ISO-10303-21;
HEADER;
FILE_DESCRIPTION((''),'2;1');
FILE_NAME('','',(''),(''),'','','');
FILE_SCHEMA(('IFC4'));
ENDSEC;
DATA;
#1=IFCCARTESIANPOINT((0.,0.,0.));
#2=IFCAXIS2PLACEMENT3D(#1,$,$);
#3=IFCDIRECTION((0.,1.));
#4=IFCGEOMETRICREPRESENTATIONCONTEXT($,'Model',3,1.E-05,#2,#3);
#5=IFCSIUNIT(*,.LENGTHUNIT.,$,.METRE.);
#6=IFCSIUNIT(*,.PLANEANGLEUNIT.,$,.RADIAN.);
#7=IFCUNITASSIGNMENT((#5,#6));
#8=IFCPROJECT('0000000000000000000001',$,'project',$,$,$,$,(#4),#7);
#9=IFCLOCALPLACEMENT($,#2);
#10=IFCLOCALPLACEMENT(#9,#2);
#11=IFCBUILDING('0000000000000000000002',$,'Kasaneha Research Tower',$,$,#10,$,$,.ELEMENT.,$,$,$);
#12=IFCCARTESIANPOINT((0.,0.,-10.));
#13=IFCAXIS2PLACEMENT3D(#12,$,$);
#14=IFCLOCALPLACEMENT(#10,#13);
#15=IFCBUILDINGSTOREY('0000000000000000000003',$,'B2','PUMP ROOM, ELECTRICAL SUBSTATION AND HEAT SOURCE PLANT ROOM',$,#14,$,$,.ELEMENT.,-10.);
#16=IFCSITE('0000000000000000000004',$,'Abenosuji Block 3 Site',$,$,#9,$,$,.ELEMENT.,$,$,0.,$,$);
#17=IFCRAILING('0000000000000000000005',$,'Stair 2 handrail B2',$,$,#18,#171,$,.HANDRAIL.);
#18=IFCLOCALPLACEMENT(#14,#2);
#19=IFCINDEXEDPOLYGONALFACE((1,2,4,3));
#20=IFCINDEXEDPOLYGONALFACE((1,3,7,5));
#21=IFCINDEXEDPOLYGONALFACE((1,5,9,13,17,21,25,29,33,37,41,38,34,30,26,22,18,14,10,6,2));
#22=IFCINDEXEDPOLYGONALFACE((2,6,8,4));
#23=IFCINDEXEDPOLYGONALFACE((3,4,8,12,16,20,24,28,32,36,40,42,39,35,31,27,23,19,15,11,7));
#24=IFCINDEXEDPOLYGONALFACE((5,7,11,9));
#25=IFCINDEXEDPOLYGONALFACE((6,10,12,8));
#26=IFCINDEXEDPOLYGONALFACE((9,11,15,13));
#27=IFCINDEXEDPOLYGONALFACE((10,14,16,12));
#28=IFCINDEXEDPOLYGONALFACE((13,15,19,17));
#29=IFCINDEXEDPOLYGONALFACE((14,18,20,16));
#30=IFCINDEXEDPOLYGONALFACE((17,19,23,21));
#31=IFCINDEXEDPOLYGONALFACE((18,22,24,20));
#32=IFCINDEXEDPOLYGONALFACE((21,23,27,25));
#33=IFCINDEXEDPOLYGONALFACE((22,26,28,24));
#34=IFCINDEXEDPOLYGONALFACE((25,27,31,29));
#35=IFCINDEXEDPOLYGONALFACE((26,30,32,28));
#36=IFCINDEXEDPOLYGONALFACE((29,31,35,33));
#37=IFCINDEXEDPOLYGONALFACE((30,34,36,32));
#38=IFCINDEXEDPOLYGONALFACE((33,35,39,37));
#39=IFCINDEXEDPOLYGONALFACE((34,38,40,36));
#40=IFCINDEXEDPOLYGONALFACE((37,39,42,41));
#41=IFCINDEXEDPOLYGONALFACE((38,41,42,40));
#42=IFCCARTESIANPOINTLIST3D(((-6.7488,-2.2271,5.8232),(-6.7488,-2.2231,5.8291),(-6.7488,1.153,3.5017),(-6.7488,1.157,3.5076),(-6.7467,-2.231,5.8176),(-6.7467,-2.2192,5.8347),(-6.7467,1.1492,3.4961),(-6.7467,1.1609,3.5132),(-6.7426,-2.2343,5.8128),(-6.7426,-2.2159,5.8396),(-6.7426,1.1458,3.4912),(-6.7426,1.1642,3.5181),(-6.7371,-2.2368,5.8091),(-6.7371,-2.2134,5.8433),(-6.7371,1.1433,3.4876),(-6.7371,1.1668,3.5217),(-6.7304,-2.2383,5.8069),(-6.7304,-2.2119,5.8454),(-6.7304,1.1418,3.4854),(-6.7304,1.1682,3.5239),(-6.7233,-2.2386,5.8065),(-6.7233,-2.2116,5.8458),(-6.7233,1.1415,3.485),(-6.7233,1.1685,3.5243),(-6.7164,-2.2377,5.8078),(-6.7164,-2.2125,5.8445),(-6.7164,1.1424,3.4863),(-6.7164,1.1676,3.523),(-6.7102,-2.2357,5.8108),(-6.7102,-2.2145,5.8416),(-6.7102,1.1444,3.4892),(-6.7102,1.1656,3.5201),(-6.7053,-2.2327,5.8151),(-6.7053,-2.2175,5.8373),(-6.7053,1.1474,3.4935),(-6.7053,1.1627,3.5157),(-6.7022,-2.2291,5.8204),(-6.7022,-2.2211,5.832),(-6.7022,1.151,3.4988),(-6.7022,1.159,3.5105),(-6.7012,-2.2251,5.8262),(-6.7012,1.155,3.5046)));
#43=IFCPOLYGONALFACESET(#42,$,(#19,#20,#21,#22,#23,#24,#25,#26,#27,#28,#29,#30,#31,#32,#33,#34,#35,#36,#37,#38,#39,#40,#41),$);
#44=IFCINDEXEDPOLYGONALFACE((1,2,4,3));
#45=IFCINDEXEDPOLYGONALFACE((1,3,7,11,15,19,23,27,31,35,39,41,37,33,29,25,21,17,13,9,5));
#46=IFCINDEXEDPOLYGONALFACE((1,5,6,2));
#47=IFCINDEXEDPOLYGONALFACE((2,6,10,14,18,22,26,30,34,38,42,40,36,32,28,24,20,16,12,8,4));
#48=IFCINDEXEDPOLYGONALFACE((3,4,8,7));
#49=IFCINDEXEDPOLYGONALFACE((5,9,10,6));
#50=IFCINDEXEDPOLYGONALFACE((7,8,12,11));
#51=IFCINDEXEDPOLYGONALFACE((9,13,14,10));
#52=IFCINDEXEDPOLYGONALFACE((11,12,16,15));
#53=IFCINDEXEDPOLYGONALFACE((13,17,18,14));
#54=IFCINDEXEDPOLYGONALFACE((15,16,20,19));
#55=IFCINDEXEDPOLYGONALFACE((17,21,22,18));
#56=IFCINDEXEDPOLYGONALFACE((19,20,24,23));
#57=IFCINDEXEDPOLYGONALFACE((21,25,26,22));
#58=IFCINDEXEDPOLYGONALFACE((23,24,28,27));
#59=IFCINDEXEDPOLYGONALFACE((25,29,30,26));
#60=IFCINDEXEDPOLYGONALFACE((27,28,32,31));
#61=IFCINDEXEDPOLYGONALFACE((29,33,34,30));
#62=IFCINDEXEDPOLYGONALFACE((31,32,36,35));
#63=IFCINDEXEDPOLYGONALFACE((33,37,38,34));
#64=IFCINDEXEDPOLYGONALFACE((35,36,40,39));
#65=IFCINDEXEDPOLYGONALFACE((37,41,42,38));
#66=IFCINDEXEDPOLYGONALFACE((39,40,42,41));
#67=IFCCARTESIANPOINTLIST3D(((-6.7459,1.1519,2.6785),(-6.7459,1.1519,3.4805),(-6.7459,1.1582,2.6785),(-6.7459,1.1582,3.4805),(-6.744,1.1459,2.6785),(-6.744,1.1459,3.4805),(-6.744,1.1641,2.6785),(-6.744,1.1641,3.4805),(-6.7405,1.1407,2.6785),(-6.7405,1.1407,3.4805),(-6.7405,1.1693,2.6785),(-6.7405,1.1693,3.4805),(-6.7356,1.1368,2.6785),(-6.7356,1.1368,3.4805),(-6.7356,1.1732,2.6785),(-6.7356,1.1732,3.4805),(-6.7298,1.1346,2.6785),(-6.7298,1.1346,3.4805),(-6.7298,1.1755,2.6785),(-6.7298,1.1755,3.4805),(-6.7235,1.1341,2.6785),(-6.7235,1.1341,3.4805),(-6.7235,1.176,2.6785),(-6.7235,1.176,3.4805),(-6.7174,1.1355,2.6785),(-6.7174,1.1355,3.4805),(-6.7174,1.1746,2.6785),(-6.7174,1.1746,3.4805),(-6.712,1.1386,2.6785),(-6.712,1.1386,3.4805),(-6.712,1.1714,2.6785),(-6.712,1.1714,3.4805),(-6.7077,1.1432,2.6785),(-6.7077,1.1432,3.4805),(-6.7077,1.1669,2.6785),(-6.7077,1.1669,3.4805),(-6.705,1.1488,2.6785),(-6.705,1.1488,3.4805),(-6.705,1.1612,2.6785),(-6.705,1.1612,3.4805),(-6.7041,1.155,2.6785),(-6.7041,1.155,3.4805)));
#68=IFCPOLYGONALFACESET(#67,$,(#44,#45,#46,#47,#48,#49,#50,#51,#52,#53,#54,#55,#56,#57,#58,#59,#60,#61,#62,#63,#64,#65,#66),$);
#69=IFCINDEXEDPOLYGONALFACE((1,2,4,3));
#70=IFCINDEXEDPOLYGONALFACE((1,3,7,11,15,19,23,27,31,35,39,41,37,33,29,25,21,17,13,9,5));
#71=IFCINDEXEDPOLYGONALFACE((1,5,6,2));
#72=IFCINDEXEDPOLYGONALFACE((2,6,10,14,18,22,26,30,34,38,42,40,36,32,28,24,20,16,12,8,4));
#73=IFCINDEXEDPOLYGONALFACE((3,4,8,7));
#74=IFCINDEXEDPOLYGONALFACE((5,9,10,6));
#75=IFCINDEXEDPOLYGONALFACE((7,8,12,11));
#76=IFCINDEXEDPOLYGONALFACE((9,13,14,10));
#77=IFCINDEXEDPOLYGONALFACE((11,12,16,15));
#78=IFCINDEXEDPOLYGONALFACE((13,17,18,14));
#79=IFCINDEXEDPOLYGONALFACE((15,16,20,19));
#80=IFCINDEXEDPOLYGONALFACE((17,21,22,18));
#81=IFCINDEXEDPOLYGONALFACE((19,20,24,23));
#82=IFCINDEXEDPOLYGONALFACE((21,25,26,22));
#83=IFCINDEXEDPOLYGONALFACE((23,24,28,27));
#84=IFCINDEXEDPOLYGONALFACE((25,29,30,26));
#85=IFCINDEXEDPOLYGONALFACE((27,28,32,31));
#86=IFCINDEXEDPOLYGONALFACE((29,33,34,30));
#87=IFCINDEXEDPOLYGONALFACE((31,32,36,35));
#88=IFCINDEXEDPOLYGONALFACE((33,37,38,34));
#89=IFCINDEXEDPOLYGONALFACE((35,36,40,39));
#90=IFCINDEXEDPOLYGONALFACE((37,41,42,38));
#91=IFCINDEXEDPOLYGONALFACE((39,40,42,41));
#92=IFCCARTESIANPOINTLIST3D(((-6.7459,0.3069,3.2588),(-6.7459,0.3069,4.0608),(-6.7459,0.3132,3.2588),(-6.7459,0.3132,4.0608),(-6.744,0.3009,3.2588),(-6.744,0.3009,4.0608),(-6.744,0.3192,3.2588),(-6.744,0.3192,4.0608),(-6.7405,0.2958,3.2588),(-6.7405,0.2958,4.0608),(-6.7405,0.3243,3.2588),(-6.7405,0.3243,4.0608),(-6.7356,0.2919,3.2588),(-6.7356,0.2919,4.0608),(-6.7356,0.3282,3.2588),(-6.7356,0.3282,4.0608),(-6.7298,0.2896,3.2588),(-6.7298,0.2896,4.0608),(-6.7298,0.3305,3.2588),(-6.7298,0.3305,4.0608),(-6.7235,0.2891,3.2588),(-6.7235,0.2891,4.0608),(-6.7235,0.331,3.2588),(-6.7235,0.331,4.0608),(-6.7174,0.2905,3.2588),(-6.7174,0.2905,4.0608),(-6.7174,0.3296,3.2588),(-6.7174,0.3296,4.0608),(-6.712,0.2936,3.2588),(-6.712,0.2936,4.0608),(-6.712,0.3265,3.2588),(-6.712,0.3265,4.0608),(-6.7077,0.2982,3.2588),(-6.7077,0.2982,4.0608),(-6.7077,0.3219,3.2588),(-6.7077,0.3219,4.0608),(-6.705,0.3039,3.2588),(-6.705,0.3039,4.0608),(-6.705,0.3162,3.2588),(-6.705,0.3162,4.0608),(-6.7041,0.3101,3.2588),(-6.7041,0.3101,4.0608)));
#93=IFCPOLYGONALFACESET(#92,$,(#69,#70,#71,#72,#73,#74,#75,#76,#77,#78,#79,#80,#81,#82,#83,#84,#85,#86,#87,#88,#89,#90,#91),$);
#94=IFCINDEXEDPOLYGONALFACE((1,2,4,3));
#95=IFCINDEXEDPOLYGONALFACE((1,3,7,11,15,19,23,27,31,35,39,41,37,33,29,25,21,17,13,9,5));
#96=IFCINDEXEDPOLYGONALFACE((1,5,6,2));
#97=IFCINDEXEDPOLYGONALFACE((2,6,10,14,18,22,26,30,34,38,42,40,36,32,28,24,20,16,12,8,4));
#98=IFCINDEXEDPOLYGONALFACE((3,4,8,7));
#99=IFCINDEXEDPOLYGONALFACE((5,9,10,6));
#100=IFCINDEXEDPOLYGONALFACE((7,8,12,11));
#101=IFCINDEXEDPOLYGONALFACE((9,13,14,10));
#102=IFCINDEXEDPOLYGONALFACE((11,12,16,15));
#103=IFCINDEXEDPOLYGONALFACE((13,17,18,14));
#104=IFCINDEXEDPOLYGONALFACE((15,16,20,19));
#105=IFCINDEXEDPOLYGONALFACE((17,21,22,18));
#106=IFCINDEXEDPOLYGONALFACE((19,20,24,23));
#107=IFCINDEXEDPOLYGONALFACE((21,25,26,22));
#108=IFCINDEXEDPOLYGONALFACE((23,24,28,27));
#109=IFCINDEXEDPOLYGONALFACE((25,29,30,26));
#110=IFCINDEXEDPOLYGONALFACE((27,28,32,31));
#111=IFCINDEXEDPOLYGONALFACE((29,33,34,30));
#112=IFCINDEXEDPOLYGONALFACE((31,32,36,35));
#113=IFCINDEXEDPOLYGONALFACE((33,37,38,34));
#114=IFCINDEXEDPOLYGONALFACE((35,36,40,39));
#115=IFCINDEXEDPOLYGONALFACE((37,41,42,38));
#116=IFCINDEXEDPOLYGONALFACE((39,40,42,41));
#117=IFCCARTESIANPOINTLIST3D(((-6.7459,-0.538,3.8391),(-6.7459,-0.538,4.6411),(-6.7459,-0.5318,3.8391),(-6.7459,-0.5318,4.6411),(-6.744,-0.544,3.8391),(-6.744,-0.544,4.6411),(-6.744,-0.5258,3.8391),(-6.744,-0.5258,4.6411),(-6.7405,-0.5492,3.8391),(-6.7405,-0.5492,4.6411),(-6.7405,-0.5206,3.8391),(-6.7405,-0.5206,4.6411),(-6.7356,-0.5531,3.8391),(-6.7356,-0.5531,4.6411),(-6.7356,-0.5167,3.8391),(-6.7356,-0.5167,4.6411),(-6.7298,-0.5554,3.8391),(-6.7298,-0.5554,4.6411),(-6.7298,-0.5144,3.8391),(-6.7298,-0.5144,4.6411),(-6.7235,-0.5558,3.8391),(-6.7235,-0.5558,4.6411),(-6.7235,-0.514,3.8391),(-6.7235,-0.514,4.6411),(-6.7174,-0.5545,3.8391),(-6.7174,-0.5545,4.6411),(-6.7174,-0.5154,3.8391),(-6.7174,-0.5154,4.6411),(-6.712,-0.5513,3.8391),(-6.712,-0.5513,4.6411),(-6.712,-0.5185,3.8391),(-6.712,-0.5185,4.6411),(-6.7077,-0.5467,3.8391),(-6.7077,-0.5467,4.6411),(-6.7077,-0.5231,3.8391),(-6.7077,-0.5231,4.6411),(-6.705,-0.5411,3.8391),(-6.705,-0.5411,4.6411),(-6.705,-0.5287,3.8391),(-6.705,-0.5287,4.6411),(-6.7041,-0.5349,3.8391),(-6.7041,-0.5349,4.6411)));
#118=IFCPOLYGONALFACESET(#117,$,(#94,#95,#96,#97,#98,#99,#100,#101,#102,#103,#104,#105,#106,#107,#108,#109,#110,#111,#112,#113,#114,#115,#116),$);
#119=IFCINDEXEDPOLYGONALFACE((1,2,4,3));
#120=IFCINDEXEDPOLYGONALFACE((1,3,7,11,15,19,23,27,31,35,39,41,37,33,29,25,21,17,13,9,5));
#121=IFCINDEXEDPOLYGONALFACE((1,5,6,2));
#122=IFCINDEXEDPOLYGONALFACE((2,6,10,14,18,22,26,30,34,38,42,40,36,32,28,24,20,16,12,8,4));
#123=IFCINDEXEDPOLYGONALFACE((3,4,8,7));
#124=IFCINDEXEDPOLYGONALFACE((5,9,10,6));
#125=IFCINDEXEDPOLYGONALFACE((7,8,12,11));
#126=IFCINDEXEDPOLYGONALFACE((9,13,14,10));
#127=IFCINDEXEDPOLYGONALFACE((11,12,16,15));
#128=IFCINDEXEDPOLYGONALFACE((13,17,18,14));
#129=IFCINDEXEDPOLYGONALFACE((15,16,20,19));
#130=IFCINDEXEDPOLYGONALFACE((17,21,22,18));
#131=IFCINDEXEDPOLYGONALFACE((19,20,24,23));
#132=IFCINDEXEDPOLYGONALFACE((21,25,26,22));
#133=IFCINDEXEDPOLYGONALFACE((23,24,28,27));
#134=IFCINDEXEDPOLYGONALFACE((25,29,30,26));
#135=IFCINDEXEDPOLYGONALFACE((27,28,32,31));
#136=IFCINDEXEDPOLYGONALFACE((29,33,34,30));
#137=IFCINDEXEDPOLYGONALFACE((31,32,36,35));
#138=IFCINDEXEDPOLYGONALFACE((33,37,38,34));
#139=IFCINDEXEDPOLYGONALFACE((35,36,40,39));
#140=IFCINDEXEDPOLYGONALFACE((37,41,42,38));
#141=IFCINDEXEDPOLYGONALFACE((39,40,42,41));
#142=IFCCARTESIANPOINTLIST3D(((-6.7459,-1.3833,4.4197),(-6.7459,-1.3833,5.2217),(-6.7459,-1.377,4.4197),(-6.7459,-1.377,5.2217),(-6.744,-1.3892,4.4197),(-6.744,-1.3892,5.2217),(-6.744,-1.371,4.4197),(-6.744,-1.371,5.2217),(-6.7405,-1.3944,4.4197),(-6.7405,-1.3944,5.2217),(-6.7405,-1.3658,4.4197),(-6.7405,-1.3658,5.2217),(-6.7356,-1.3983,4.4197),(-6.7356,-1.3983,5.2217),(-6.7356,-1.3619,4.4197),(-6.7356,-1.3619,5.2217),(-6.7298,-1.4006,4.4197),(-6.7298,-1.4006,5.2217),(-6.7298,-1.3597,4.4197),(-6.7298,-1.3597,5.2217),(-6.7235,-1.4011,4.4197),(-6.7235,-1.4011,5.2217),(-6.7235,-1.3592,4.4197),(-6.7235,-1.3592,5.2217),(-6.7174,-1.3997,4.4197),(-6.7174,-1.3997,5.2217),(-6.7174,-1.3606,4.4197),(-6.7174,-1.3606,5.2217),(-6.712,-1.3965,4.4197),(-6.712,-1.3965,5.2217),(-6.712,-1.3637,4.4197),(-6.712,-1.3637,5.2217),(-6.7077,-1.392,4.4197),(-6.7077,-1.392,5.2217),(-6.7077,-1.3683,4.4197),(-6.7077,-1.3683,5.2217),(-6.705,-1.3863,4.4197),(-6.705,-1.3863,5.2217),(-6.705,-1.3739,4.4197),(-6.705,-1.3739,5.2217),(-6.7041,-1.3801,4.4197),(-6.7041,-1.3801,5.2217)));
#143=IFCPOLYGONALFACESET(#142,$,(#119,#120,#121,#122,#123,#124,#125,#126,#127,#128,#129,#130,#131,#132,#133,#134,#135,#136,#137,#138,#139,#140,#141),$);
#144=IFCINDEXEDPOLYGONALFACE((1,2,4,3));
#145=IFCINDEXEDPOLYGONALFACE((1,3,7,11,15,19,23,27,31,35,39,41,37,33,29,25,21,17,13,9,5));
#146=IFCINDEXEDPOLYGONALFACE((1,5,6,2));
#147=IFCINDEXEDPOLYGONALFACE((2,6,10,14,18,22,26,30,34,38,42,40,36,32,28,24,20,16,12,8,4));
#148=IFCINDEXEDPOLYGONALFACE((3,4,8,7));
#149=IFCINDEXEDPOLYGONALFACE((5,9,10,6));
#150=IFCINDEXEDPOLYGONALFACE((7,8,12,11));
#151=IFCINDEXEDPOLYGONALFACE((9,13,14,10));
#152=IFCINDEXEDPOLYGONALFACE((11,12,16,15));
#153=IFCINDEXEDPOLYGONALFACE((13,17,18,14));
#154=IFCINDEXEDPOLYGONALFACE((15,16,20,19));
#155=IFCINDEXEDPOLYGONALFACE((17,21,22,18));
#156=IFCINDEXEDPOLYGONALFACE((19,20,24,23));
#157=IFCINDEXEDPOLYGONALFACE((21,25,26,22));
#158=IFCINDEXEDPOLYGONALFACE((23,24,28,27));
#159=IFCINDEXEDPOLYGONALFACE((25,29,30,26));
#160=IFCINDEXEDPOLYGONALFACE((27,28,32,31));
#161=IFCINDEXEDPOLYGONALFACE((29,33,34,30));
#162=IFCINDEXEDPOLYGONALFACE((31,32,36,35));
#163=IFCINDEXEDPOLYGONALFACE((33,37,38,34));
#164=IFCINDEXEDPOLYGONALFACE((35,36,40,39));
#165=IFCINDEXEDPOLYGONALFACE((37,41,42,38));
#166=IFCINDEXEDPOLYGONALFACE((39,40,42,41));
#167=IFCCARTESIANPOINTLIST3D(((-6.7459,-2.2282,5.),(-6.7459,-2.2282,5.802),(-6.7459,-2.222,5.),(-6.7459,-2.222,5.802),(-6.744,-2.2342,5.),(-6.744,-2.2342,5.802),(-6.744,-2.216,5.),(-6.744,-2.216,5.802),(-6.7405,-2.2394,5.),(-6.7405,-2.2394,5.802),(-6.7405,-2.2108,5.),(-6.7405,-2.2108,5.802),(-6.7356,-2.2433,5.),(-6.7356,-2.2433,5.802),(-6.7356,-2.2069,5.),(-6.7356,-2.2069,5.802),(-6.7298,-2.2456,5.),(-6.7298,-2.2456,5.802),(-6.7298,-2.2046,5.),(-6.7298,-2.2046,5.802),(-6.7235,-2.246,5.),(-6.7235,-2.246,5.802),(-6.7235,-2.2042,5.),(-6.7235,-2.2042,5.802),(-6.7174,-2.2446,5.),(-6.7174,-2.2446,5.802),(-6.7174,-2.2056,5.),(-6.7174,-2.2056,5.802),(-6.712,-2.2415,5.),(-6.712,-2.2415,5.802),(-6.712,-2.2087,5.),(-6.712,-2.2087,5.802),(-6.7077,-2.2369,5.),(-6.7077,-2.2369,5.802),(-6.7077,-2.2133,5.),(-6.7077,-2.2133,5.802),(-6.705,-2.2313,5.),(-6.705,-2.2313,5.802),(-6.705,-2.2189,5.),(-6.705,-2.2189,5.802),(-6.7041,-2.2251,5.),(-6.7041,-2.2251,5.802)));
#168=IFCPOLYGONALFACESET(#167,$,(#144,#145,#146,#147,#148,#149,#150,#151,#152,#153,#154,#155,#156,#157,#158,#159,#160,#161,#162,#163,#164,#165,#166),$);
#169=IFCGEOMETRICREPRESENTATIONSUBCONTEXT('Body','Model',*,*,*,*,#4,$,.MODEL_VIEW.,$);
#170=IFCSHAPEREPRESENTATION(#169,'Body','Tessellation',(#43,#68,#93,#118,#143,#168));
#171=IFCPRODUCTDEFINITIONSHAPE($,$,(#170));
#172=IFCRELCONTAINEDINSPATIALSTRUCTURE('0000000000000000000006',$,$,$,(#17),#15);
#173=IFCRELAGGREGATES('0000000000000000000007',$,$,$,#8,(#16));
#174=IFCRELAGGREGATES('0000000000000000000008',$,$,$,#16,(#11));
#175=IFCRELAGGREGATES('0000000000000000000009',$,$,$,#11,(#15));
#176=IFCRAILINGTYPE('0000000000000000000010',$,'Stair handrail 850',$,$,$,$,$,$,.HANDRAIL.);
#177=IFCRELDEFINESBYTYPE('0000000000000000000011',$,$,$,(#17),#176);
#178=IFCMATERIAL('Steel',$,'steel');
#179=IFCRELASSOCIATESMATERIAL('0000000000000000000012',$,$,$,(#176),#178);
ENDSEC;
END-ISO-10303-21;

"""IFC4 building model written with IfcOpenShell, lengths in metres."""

from ifc_helpers import new_model, si_unit, direction, frame, origin, origin_2d, place, context, subcontext, project, spatial, circle, extrude, material, type_object, element, save


model = new_model("IFC4")

# Units and contexts
model_context = context("Model", 3, precision=1e-05, world=origin(), true_north=direction((0.0, 1.0)))
body_context = subcontext(model_context, "Body", "Model", "MODEL_VIEW")
ifc_project = project(units=[si_unit("LENGTHUNIT", "METRE"), si_unit("PLANEANGLEUNIT", "RADIAN")], contexts=[model_context])

# Site, building, storey
site_placement = place(None, origin())
site = spatial("IfcSite", under=ifc_project, at=site_placement, Name="Abenosuji Block 3 Site", CompositionType="ELEMENT", RefElevation=0.0)
building_placement = place(site_placement, origin())
building = spatial("IfcBuilding", under=site, at=building_placement, Name="Kasaneha Research Tower", CompositionType="ELEMENT")
storey_placement = place(building_placement, frame((0.0, 0.0, -10.0)))
storey = spatial("IfcBuildingStorey", under=building, at=storey_placement, Name="B2", Description="PUMP ROOM, ELECTRICAL SUBSTATION AND HEAT SOURCE PLANT ROOM", CompositionType="ELEMENT", Elevation=-10.0)

# Railing
ifc_material_1 = material(Name="Steel", Category="steel")
railing_type_1 = type_object("IfcRailingType", Name="Stair handrail 850", PredefinedType="HANDRAIL", material=ifc_material_1)
railing_1_placement = place(storey_placement, frame((-6.7251, 1.155, 2.6785)))
element("IfcRailing", 1, at=railing_1_placement, inside=storey, type_object=railing_type_1, Name="Stair 2 handrail B2", PredefinedType="HANDRAIL", context=body_context, shape_type="SweptSolid", body=[
    extrude(circle(Radius=0.0239, at=origin_2d()), frame((0.0, 0.0, 0.8262), z_axis=(0.0, -0.824304, 0.566147), x_axis=(1.0, 0.0, 0.0)), (0.0, 0.0, 1.0), 4.1006),
    extrude(circle(Radius=0.021, at=origin_2d()), origin(), (0.0, 0.0, 1.0), 0.802),
    extrude(circle(Radius=0.021, at=origin_2d()), frame((0.0, -0.845, 0.5803)), (0.0, 0.0, 1.0), 0.802),
    extrude(circle(Radius=0.021, at=origin_2d()), frame((0.0, -1.6899, 1.1606)), (0.0, 0.0, 1.0), 0.802),
    extrude(circle(Radius=0.021, at=origin_2d()), frame((0.0, -2.5352, 1.7412)), (0.0, 0.0, 1.0), 0.802),
    extrude(circle(Radius=0.021, at=origin_2d()), frame((0.0, -3.3801, 2.3215)), (0.0, 0.0, 1.0), 0.802),
])

save(model, "model.ifc")
